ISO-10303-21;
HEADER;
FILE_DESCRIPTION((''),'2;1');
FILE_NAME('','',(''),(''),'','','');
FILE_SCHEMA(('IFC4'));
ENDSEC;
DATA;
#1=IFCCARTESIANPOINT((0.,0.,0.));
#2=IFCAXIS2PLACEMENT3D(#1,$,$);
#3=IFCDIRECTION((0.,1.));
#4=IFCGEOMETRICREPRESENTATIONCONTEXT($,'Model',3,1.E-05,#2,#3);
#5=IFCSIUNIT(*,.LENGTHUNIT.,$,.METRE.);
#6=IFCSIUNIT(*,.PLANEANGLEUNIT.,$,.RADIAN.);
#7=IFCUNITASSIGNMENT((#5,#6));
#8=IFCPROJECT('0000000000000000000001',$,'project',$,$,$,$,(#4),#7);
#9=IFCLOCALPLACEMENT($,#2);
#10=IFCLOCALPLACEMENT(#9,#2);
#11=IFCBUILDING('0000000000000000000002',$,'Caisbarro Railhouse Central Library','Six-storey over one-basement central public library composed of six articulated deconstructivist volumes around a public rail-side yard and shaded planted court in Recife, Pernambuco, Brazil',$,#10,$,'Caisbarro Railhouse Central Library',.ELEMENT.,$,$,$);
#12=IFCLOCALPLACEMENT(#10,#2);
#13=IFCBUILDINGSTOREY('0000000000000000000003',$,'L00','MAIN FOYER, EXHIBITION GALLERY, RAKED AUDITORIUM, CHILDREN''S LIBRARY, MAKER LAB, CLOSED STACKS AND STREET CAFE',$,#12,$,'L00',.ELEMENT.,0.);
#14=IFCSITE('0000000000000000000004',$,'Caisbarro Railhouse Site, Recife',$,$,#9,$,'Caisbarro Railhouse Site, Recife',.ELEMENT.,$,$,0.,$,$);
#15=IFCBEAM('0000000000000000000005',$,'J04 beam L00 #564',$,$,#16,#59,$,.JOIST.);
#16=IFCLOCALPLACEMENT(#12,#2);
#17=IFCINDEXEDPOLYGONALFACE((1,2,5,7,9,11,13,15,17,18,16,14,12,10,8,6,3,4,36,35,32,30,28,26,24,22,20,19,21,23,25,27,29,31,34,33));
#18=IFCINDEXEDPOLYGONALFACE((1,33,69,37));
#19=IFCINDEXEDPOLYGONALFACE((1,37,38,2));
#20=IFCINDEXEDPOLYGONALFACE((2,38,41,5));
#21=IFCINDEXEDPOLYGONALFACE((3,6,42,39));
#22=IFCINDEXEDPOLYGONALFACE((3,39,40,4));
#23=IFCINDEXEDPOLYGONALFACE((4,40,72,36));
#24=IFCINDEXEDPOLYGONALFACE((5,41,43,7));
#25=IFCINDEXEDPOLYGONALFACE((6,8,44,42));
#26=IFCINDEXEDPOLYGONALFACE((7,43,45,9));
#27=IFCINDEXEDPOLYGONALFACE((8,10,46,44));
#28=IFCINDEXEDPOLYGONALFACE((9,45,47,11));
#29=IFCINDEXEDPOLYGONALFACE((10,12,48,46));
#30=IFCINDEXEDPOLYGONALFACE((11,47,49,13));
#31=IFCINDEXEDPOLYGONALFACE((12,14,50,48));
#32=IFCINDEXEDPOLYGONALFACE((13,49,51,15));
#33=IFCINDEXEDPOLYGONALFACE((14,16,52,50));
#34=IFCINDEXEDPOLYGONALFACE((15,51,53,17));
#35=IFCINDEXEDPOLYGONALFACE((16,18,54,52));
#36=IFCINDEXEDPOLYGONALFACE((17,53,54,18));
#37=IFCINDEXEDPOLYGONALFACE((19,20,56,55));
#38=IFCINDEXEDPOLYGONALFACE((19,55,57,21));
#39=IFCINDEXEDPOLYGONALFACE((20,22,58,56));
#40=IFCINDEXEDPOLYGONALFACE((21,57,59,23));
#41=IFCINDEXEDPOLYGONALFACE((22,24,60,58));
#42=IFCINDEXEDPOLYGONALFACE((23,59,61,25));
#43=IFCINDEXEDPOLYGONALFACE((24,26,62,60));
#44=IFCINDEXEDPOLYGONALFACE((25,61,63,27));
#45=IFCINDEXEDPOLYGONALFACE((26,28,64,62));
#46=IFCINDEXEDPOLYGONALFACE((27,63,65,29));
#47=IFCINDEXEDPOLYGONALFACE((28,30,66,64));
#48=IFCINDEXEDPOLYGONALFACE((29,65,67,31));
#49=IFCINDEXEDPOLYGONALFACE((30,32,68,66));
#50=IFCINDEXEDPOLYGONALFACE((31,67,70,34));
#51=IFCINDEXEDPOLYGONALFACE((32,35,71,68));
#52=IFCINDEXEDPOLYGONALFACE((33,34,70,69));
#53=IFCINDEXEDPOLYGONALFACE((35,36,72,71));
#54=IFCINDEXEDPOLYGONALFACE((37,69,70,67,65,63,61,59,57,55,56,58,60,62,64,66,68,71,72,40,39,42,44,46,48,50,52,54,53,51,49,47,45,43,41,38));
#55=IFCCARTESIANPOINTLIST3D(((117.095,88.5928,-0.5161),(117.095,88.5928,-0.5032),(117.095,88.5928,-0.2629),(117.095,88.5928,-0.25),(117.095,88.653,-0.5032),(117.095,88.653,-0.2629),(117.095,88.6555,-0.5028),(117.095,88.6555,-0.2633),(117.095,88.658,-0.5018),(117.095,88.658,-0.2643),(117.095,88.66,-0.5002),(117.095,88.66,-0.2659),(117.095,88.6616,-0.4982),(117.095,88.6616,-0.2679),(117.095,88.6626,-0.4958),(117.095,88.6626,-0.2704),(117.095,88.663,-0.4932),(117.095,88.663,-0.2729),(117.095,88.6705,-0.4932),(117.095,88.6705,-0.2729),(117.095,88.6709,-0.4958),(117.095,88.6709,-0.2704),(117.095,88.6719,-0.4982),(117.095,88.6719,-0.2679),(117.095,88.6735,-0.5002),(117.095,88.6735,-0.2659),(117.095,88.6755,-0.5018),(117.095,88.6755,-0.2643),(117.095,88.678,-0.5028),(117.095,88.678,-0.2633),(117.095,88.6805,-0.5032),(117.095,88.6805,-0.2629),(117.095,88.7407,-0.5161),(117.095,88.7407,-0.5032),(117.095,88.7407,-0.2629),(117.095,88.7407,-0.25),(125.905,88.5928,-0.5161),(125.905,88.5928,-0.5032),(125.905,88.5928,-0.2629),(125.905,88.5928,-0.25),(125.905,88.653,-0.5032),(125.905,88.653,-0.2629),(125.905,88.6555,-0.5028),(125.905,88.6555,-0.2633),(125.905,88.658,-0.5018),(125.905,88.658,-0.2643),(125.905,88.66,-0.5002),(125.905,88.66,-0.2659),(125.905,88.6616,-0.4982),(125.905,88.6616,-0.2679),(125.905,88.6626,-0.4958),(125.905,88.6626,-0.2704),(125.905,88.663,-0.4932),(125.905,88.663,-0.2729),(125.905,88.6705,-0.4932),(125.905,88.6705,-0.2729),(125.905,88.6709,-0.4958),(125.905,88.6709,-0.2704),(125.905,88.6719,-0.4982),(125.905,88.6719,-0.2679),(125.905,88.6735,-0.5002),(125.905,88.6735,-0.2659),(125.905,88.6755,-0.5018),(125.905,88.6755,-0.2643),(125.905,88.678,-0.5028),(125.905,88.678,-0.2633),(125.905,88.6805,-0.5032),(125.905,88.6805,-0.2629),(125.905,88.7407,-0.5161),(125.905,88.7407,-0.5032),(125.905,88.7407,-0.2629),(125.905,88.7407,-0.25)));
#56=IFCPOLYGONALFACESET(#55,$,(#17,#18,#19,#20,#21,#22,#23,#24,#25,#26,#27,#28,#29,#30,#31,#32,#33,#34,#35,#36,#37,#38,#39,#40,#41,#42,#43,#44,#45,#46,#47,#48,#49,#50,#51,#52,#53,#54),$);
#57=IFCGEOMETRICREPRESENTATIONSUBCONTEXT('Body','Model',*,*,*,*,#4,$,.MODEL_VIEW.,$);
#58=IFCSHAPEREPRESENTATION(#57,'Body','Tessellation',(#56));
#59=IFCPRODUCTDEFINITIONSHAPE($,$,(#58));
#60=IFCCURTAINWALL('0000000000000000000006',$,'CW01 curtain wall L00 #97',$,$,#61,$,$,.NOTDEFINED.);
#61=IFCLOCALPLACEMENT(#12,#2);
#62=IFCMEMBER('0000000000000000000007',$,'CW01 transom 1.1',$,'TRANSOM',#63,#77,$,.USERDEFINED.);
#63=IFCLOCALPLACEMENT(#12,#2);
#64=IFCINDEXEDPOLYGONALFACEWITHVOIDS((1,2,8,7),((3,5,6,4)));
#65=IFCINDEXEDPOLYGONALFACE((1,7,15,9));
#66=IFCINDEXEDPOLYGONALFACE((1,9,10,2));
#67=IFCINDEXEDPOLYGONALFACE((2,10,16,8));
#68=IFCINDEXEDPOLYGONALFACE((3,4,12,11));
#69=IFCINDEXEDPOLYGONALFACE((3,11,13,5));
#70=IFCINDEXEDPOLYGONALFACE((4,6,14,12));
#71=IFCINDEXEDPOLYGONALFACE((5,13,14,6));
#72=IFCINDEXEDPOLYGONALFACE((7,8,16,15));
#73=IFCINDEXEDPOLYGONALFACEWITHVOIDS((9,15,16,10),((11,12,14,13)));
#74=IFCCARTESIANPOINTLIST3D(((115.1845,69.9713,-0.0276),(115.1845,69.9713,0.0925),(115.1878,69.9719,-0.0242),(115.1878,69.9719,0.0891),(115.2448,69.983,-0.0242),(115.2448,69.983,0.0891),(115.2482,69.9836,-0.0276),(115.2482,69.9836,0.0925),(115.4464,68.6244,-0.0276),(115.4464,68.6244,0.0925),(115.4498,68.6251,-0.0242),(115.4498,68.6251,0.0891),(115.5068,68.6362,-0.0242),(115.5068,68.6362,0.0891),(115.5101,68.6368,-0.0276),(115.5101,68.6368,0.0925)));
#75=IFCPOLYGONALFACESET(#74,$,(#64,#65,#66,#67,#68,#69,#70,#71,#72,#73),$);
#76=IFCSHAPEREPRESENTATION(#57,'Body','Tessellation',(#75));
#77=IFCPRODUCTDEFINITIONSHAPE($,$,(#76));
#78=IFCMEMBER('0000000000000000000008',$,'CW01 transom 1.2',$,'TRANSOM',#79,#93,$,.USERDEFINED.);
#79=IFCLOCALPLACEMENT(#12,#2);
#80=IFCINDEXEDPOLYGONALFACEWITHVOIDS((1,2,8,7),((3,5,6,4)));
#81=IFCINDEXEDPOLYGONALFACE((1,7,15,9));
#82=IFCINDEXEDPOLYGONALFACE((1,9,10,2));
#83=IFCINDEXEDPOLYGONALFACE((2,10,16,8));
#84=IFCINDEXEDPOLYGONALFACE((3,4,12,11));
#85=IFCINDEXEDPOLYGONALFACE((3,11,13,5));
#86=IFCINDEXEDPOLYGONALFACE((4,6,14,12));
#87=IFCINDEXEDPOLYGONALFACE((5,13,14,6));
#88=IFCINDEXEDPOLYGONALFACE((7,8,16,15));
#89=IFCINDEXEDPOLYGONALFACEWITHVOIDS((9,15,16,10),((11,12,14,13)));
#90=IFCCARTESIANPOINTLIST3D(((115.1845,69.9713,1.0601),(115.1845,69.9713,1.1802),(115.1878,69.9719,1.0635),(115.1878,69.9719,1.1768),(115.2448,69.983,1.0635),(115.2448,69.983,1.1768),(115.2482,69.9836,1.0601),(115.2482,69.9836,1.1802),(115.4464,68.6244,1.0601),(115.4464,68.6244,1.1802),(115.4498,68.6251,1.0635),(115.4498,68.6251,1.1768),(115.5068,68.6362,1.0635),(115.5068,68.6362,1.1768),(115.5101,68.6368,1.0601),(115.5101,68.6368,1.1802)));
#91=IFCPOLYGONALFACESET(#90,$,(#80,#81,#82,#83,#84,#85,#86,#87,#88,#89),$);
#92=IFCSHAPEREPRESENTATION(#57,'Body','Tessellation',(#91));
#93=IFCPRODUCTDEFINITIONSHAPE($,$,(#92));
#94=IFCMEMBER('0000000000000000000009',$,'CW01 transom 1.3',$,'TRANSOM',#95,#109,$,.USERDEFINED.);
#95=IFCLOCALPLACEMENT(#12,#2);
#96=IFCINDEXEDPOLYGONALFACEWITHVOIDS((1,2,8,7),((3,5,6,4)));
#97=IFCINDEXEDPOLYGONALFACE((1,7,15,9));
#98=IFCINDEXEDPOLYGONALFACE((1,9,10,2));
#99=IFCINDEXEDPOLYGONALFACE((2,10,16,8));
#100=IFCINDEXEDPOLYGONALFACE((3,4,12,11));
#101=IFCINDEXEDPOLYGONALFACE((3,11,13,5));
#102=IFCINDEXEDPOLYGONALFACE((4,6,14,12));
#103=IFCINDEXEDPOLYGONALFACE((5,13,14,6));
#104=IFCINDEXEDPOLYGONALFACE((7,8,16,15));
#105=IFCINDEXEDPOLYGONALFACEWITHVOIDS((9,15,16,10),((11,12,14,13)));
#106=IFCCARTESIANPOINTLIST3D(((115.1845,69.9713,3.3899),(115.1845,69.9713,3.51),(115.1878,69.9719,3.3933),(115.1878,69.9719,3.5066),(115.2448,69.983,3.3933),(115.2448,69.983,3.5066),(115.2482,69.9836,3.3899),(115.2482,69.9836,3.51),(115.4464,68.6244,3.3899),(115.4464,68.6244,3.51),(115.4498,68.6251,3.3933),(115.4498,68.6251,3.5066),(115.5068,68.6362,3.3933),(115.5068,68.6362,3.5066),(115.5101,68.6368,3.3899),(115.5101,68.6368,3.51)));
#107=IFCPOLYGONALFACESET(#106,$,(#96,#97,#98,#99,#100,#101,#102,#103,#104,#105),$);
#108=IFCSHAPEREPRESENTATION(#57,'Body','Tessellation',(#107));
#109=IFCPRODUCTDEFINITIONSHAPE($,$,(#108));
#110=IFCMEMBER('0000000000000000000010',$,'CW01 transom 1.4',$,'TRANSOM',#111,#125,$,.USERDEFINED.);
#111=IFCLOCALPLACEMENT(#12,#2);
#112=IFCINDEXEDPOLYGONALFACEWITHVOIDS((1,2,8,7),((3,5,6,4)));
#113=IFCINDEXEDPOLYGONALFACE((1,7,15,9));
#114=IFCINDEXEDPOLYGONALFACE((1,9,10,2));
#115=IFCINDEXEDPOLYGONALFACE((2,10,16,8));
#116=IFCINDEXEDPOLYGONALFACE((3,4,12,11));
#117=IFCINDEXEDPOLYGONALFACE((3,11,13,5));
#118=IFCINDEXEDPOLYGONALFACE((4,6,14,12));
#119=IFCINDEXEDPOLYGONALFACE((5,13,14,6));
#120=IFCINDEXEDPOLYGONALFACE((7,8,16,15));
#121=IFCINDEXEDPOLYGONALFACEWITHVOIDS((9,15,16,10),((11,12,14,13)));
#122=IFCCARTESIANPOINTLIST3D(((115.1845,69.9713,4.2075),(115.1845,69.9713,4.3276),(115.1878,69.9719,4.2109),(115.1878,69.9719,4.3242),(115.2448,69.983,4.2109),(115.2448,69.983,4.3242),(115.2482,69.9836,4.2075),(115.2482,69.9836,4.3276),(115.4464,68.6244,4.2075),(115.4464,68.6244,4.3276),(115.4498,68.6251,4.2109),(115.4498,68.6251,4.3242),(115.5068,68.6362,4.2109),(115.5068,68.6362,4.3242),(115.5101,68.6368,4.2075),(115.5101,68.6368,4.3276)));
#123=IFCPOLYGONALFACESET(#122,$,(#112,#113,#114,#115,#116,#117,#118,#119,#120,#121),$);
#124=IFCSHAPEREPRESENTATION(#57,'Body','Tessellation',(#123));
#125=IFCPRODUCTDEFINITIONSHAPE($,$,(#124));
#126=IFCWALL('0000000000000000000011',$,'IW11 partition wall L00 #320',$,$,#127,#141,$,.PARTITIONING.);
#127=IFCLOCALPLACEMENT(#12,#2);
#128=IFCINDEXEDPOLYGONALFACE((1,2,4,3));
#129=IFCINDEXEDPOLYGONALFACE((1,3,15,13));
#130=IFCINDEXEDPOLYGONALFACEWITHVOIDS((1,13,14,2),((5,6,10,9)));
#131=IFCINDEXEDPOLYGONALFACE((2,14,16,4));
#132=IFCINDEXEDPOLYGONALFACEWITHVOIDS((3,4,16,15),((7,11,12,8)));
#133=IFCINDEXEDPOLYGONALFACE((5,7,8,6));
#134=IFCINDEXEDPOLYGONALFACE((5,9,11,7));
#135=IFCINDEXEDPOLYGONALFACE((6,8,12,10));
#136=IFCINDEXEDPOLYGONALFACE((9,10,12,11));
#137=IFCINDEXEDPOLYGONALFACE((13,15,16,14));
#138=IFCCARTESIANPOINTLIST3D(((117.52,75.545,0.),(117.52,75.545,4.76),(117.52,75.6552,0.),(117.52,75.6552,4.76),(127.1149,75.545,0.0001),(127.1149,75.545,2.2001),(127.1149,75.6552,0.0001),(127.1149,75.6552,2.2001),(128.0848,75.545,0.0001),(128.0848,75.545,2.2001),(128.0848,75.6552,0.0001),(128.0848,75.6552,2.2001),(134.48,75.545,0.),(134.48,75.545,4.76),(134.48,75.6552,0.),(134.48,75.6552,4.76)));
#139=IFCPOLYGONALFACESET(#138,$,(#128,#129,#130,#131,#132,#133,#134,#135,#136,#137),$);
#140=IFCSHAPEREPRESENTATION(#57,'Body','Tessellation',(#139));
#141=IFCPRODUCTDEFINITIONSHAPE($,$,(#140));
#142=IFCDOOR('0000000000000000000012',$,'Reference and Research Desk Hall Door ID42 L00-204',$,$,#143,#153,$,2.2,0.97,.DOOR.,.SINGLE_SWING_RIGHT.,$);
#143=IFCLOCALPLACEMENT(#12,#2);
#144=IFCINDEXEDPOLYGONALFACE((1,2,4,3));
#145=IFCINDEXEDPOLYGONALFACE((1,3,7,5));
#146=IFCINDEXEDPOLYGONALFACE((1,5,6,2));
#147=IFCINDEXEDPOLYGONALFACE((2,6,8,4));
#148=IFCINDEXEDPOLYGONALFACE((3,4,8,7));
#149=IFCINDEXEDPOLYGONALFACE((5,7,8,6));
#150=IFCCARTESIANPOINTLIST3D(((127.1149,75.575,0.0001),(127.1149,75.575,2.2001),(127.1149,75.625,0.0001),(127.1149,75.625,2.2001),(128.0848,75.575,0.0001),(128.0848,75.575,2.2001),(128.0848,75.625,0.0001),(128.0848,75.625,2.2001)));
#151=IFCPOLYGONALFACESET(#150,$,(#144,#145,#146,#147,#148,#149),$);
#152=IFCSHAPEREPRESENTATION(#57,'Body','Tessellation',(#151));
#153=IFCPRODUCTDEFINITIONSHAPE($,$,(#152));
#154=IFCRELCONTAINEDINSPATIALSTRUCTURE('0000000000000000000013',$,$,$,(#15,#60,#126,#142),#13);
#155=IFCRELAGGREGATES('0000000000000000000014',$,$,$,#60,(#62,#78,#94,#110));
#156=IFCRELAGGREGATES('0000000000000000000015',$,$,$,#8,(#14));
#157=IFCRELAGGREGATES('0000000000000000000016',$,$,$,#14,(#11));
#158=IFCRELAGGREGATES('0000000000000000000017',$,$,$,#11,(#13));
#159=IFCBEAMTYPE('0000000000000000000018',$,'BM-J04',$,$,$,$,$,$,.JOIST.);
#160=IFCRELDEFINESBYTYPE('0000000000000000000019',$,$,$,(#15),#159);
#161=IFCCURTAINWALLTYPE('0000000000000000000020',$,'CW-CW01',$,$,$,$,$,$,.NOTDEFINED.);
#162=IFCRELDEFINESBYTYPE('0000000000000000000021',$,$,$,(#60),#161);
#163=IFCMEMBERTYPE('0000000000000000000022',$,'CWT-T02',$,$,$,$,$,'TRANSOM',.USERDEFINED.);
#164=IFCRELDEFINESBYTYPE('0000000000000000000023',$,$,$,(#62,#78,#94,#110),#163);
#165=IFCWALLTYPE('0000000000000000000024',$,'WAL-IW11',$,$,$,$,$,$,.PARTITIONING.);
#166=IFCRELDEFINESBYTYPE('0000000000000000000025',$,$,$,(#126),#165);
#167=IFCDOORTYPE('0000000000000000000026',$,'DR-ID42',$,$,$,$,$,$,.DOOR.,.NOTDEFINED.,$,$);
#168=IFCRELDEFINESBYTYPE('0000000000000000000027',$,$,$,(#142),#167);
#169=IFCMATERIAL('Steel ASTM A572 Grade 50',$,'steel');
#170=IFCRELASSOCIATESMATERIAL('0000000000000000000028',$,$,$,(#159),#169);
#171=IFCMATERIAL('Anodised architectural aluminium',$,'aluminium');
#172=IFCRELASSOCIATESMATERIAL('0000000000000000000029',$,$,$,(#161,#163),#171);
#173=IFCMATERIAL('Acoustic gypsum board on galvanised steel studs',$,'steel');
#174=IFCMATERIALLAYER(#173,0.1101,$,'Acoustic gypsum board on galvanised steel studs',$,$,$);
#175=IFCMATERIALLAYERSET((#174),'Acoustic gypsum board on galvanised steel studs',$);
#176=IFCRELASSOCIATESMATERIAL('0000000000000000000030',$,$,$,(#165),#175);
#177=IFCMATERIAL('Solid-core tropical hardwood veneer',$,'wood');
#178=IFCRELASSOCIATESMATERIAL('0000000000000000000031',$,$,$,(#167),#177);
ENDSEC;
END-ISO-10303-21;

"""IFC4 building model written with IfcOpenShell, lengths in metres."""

from ifc_helpers import new_model, si_unit, direction, frame, frame_2d, origin, origin_2d, place, context, subcontext, project, spatial, rectangle, hollow_rectangle, i_section, extrude, material, layer, layer_set, material_profile, profile_set, type_object, element, fill, aggregate, save


model = new_model("IFC4")

# Units and contexts
model_context = context("Model", 3, precision=1e-05, world=origin(), true_north=direction((0.0, 1.0)))
body_context = subcontext(model_context, "Body", "Model", "MODEL_VIEW")
ifc_project = project(units=[si_unit("LENGTHUNIT", "METRE"), si_unit("PLANEANGLEUNIT", "RADIAN")], contexts=[model_context])

# Site, building, storey
site_placement = place(None, origin())
site = spatial("IfcSite", under=ifc_project, at=site_placement, Name="Caisbarro Railhouse Site, Recife", LongName="Caisbarro Railhouse Site, Recife", CompositionType="ELEMENT", RefElevation=0.0)
building_placement = place(site_placement, origin())
building = spatial("IfcBuilding", under=site, at=building_placement, Name="Caisbarro Railhouse Central Library", Description="Six-storey over one-basement central public library composed of six articulated deconstructivist volumes around a public rail-side yard and shaded planted court in Recife, Pernambuco, Brazil", LongName="Caisbarro Railhouse Central Library", CompositionType="ELEMENT")
storey_placement = place(building_placement, origin())
storey = spatial("IfcBuildingStorey", under=building, at=storey_placement, Name="L00", Description="MAIN FOYER, EXHIBITION GALLERY, RAKED AUDITORIUM, CHILDREN'S LIBRARY, MAKER LAB, CLOSED STACKS AND STREET CAFE", LongName="L00", CompositionType="ELEMENT", Elevation=0.0)

# Shared definitions
ifc_material_1 = material(Name="Steel ASTM A572 Grade 50", Category="steel")

# Beam
ifc_material_profile_1 = material_profile(ifc_material_1, i_section(OverallWidth=0.1479, OverallDepth=0.2661, WebThickness=0.0076, FlangeThickness=0.0129, FilletRadius=0.01, at=origin_2d()), Name="W250X44.8")
ifc_profile_set_1 = profile_set([ifc_material_profile_1], Name="Steel ASTM A572 Grade 50")
beam_type_1 = type_object("IfcBeamType", Name="BM-J04", PredefinedType="JOIST", material=ifc_profile_set_1)
for number, where, z_axis, x_axis, name in (
    (1, (117.095, 88.6667, -0.3831), (1.0, 0.0, 0.0), (0.0, 1.0, 0.0), "J04 beam L00 #564"),
):
    element("IfcBeam", number, at=place(storey_placement, frame(where, z_axis=z_axis, x_axis=x_axis)), inside=storey, type_object=beam_type_1, Name=name, PredefinedType="JOIST", context=body_context, shape_type="SweptSolid", body=[
        extrude(i_section(OverallWidth=0.1479, OverallDepth=0.2661, WebThickness=0.0076, FlangeThickness=0.0129, FilletRadius=0.01, at=origin_2d()), origin(), (0.0, 0.0, 1.0), 8.8101),
    ])

# Curtain wall, members
ifc_material_2 = material(Name="Anodised architectural aluminium", Category="aluminium")
curtain_wall_type = type_object("IfcCurtainWallType", Name="CW-CW01", PredefinedType="NOTDEFINED", material=ifc_material_2)
curtain_wall_placement = place(storey_placement, origin())
curtain_wall = element("IfcCurtainWall", 2, at=curtain_wall_placement, inside=storey, type_object=curtain_wall_type, Name="CW01 curtain wall L00 #97", PredefinedType="NOTDEFINED")
ifc_material_profile_2 = material_profile(ifc_material_2, hollow_rectangle(XDim=0.0649, YDim=0.1201, WallThickness=0.0034, at=origin_2d()), Name="ALU-TRN-65X120")
ifc_profile_set_2 = profile_set([ifc_material_profile_2], Name="Anodised architectural aluminium")
member_type = type_object("IfcMemberType", Name="CWT-T02", ElementType="TRANSOM", PredefinedType="USERDEFINED", material=ifc_profile_set_2)
member_1_placement = place(storey_placement, frame((115.4783, 68.6306, 0.0325), z_axis=(-0.190913, 0.981607, 0.0), x_axis=(-0.981607, -0.190913, 0.0)))
member_1 = element("IfcMember", 3, at=member_1_placement, type_object=member_type, Name="CW01 transom 1.1", ObjectType="TRANSOM", PredefinedType="USERDEFINED", context=body_context, shape_type="SweptSolid", body=[
    extrude(hollow_rectangle(XDim=0.0649, YDim=0.1201, WallThickness=0.0034, at=origin_2d()), origin(), (0.0, 0.0, 1.0), 1.3721),
])
member_2_placement = place(storey_placement, frame((115.4783, 68.6306, 1.1201), z_axis=(-0.190913, 0.981607, 0.0), x_axis=(-0.981607, -0.190913, 0.0)))
member_2 = element("IfcMember", 4, at=member_2_placement, type_object=member_type, Name="CW01 transom 1.2", ObjectType="TRANSOM", PredefinedType="USERDEFINED", context=body_context, shape_type="SweptSolid", body=[
    extrude(hollow_rectangle(XDim=0.0649, YDim=0.1201, WallThickness=0.0034, at=origin_2d()), origin(), (0.0, 0.0, 1.0), 1.3721),
])
member_3_placement = place(storey_placement, frame((115.4783, 68.6306, 3.45), z_axis=(-0.190913, 0.981607, 0.0), x_axis=(-0.981607, -0.190913, 0.0)))
member_3 = element("IfcMember", 5, at=member_3_placement, type_object=member_type, Name="CW01 transom 1.3", ObjectType="TRANSOM", PredefinedType="USERDEFINED", context=body_context, shape_type="SweptSolid", body=[
    extrude(hollow_rectangle(XDim=0.0649, YDim=0.1201, WallThickness=0.0034, at=origin_2d()), origin(), (0.0, 0.0, 1.0), 1.3721),
])
member_4_placement = place(storey_placement, frame((115.4783, 68.6306, 4.2676), z_axis=(-0.190913, 0.981607, 0.0), x_axis=(-0.981607, -0.190913, 0.0)))
member_4 = element("IfcMember", 6, at=member_4_placement, type_object=member_type, Name="CW01 transom 1.4", ObjectType="TRANSOM", PredefinedType="USERDEFINED", context=body_context, shape_type="SweptSolid", body=[
    extrude(hollow_rectangle(XDim=0.0649, YDim=0.1201, WallThickness=0.0034, at=origin_2d()), origin(), (0.0, 0.0, 1.0), 1.3721),
])
aggregate(curtain_wall, [member_1, member_2, member_3, member_4])

# Wall, opening, door
ifc_material_3 = material(Name="Acoustic gypsum board on galvanised steel studs", Category="steel")
ifc_layer_1 = layer(ifc_material_3, 0.1101, Name="Acoustic gypsum board on galvanised steel studs")
ifc_layer_set_1 = layer_set([ifc_layer_1], Name="Acoustic gypsum board on galvanised steel studs")
wall_type_1 = type_object("IfcWallType", Name="WAL-IW11", PredefinedType="PARTITIONING", material=ifc_layer_set_1)
wall_1_placement = place(storey_placement, frame((117.52, 75.6001, 0.0), z_axis=(0.0, 0.0, 1.0), x_axis=(1.0, 0.0, 0.0)))
wall_1 = element("IfcWall", 7, at=wall_1_placement, inside=storey, type_object=wall_type_1, Name="IW11 partition wall L00 #320", PredefinedType="PARTITIONING", context=body_context, shape_type="SweptSolid", body=[
    extrude(rectangle(XDim=16.96, YDim=0.1101, at=frame_2d((8.48, 0.0))), origin(), (0.0, 0.0, 1.0), 4.76),
])
opening_1_placement = place(wall_1_placement, frame((9.595, 0.0, 0.0)))
opening_1 = element("IfcOpeningElement", 8, at=opening_1_placement, cuts=wall_1, PredefinedType="OPENING", context=body_context, shape_type="SweptSolid", body=[
    extrude(rectangle(XDim=0.97, YDim=2.2, at=frame_2d((0.4849, 1.1001))), frame((0.0, 0.0649, 0.0), z_axis=(0.0, -1.0, 0.0), x_axis=(1.0, 0.0, 0.0)), (0.0, 0.0, 1.0), 0.1301),
])
ifc_material_4 = material(Name="Solid-core tropical hardwood veneer", Category="wood")
door_type_1 = type_object("IfcDoorType", Name="DR-ID42", OperationType="NOTDEFINED", PredefinedType="DOOR", material=ifc_material_4)
door_1_placement = place(opening_1_placement, origin())
door_1 = element("IfcDoor", 9, at=door_1_placement, inside=storey, type_object=door_type_1, Name="Reference and Research Desk Hall Door ID42 L00-204", OperationType="SINGLE_SWING_RIGHT", OverallHeight=2.2, OverallWidth=0.97, PredefinedType="DOOR", context=body_context, shape_type="SweptSolid", body=[
    extrude(rectangle(XDim=0.97, YDim=2.2, at=frame_2d((0.4849, 1.1001))), frame((0.0, 0.0249, 0.0), z_axis=(0.0, -1.0, 0.0), x_axis=(1.0, 0.0, 0.0)), (0.0, 0.0, 1.0), 0.05),
])
fill(opening_1, door_1)

save(model, "model.ifc")
